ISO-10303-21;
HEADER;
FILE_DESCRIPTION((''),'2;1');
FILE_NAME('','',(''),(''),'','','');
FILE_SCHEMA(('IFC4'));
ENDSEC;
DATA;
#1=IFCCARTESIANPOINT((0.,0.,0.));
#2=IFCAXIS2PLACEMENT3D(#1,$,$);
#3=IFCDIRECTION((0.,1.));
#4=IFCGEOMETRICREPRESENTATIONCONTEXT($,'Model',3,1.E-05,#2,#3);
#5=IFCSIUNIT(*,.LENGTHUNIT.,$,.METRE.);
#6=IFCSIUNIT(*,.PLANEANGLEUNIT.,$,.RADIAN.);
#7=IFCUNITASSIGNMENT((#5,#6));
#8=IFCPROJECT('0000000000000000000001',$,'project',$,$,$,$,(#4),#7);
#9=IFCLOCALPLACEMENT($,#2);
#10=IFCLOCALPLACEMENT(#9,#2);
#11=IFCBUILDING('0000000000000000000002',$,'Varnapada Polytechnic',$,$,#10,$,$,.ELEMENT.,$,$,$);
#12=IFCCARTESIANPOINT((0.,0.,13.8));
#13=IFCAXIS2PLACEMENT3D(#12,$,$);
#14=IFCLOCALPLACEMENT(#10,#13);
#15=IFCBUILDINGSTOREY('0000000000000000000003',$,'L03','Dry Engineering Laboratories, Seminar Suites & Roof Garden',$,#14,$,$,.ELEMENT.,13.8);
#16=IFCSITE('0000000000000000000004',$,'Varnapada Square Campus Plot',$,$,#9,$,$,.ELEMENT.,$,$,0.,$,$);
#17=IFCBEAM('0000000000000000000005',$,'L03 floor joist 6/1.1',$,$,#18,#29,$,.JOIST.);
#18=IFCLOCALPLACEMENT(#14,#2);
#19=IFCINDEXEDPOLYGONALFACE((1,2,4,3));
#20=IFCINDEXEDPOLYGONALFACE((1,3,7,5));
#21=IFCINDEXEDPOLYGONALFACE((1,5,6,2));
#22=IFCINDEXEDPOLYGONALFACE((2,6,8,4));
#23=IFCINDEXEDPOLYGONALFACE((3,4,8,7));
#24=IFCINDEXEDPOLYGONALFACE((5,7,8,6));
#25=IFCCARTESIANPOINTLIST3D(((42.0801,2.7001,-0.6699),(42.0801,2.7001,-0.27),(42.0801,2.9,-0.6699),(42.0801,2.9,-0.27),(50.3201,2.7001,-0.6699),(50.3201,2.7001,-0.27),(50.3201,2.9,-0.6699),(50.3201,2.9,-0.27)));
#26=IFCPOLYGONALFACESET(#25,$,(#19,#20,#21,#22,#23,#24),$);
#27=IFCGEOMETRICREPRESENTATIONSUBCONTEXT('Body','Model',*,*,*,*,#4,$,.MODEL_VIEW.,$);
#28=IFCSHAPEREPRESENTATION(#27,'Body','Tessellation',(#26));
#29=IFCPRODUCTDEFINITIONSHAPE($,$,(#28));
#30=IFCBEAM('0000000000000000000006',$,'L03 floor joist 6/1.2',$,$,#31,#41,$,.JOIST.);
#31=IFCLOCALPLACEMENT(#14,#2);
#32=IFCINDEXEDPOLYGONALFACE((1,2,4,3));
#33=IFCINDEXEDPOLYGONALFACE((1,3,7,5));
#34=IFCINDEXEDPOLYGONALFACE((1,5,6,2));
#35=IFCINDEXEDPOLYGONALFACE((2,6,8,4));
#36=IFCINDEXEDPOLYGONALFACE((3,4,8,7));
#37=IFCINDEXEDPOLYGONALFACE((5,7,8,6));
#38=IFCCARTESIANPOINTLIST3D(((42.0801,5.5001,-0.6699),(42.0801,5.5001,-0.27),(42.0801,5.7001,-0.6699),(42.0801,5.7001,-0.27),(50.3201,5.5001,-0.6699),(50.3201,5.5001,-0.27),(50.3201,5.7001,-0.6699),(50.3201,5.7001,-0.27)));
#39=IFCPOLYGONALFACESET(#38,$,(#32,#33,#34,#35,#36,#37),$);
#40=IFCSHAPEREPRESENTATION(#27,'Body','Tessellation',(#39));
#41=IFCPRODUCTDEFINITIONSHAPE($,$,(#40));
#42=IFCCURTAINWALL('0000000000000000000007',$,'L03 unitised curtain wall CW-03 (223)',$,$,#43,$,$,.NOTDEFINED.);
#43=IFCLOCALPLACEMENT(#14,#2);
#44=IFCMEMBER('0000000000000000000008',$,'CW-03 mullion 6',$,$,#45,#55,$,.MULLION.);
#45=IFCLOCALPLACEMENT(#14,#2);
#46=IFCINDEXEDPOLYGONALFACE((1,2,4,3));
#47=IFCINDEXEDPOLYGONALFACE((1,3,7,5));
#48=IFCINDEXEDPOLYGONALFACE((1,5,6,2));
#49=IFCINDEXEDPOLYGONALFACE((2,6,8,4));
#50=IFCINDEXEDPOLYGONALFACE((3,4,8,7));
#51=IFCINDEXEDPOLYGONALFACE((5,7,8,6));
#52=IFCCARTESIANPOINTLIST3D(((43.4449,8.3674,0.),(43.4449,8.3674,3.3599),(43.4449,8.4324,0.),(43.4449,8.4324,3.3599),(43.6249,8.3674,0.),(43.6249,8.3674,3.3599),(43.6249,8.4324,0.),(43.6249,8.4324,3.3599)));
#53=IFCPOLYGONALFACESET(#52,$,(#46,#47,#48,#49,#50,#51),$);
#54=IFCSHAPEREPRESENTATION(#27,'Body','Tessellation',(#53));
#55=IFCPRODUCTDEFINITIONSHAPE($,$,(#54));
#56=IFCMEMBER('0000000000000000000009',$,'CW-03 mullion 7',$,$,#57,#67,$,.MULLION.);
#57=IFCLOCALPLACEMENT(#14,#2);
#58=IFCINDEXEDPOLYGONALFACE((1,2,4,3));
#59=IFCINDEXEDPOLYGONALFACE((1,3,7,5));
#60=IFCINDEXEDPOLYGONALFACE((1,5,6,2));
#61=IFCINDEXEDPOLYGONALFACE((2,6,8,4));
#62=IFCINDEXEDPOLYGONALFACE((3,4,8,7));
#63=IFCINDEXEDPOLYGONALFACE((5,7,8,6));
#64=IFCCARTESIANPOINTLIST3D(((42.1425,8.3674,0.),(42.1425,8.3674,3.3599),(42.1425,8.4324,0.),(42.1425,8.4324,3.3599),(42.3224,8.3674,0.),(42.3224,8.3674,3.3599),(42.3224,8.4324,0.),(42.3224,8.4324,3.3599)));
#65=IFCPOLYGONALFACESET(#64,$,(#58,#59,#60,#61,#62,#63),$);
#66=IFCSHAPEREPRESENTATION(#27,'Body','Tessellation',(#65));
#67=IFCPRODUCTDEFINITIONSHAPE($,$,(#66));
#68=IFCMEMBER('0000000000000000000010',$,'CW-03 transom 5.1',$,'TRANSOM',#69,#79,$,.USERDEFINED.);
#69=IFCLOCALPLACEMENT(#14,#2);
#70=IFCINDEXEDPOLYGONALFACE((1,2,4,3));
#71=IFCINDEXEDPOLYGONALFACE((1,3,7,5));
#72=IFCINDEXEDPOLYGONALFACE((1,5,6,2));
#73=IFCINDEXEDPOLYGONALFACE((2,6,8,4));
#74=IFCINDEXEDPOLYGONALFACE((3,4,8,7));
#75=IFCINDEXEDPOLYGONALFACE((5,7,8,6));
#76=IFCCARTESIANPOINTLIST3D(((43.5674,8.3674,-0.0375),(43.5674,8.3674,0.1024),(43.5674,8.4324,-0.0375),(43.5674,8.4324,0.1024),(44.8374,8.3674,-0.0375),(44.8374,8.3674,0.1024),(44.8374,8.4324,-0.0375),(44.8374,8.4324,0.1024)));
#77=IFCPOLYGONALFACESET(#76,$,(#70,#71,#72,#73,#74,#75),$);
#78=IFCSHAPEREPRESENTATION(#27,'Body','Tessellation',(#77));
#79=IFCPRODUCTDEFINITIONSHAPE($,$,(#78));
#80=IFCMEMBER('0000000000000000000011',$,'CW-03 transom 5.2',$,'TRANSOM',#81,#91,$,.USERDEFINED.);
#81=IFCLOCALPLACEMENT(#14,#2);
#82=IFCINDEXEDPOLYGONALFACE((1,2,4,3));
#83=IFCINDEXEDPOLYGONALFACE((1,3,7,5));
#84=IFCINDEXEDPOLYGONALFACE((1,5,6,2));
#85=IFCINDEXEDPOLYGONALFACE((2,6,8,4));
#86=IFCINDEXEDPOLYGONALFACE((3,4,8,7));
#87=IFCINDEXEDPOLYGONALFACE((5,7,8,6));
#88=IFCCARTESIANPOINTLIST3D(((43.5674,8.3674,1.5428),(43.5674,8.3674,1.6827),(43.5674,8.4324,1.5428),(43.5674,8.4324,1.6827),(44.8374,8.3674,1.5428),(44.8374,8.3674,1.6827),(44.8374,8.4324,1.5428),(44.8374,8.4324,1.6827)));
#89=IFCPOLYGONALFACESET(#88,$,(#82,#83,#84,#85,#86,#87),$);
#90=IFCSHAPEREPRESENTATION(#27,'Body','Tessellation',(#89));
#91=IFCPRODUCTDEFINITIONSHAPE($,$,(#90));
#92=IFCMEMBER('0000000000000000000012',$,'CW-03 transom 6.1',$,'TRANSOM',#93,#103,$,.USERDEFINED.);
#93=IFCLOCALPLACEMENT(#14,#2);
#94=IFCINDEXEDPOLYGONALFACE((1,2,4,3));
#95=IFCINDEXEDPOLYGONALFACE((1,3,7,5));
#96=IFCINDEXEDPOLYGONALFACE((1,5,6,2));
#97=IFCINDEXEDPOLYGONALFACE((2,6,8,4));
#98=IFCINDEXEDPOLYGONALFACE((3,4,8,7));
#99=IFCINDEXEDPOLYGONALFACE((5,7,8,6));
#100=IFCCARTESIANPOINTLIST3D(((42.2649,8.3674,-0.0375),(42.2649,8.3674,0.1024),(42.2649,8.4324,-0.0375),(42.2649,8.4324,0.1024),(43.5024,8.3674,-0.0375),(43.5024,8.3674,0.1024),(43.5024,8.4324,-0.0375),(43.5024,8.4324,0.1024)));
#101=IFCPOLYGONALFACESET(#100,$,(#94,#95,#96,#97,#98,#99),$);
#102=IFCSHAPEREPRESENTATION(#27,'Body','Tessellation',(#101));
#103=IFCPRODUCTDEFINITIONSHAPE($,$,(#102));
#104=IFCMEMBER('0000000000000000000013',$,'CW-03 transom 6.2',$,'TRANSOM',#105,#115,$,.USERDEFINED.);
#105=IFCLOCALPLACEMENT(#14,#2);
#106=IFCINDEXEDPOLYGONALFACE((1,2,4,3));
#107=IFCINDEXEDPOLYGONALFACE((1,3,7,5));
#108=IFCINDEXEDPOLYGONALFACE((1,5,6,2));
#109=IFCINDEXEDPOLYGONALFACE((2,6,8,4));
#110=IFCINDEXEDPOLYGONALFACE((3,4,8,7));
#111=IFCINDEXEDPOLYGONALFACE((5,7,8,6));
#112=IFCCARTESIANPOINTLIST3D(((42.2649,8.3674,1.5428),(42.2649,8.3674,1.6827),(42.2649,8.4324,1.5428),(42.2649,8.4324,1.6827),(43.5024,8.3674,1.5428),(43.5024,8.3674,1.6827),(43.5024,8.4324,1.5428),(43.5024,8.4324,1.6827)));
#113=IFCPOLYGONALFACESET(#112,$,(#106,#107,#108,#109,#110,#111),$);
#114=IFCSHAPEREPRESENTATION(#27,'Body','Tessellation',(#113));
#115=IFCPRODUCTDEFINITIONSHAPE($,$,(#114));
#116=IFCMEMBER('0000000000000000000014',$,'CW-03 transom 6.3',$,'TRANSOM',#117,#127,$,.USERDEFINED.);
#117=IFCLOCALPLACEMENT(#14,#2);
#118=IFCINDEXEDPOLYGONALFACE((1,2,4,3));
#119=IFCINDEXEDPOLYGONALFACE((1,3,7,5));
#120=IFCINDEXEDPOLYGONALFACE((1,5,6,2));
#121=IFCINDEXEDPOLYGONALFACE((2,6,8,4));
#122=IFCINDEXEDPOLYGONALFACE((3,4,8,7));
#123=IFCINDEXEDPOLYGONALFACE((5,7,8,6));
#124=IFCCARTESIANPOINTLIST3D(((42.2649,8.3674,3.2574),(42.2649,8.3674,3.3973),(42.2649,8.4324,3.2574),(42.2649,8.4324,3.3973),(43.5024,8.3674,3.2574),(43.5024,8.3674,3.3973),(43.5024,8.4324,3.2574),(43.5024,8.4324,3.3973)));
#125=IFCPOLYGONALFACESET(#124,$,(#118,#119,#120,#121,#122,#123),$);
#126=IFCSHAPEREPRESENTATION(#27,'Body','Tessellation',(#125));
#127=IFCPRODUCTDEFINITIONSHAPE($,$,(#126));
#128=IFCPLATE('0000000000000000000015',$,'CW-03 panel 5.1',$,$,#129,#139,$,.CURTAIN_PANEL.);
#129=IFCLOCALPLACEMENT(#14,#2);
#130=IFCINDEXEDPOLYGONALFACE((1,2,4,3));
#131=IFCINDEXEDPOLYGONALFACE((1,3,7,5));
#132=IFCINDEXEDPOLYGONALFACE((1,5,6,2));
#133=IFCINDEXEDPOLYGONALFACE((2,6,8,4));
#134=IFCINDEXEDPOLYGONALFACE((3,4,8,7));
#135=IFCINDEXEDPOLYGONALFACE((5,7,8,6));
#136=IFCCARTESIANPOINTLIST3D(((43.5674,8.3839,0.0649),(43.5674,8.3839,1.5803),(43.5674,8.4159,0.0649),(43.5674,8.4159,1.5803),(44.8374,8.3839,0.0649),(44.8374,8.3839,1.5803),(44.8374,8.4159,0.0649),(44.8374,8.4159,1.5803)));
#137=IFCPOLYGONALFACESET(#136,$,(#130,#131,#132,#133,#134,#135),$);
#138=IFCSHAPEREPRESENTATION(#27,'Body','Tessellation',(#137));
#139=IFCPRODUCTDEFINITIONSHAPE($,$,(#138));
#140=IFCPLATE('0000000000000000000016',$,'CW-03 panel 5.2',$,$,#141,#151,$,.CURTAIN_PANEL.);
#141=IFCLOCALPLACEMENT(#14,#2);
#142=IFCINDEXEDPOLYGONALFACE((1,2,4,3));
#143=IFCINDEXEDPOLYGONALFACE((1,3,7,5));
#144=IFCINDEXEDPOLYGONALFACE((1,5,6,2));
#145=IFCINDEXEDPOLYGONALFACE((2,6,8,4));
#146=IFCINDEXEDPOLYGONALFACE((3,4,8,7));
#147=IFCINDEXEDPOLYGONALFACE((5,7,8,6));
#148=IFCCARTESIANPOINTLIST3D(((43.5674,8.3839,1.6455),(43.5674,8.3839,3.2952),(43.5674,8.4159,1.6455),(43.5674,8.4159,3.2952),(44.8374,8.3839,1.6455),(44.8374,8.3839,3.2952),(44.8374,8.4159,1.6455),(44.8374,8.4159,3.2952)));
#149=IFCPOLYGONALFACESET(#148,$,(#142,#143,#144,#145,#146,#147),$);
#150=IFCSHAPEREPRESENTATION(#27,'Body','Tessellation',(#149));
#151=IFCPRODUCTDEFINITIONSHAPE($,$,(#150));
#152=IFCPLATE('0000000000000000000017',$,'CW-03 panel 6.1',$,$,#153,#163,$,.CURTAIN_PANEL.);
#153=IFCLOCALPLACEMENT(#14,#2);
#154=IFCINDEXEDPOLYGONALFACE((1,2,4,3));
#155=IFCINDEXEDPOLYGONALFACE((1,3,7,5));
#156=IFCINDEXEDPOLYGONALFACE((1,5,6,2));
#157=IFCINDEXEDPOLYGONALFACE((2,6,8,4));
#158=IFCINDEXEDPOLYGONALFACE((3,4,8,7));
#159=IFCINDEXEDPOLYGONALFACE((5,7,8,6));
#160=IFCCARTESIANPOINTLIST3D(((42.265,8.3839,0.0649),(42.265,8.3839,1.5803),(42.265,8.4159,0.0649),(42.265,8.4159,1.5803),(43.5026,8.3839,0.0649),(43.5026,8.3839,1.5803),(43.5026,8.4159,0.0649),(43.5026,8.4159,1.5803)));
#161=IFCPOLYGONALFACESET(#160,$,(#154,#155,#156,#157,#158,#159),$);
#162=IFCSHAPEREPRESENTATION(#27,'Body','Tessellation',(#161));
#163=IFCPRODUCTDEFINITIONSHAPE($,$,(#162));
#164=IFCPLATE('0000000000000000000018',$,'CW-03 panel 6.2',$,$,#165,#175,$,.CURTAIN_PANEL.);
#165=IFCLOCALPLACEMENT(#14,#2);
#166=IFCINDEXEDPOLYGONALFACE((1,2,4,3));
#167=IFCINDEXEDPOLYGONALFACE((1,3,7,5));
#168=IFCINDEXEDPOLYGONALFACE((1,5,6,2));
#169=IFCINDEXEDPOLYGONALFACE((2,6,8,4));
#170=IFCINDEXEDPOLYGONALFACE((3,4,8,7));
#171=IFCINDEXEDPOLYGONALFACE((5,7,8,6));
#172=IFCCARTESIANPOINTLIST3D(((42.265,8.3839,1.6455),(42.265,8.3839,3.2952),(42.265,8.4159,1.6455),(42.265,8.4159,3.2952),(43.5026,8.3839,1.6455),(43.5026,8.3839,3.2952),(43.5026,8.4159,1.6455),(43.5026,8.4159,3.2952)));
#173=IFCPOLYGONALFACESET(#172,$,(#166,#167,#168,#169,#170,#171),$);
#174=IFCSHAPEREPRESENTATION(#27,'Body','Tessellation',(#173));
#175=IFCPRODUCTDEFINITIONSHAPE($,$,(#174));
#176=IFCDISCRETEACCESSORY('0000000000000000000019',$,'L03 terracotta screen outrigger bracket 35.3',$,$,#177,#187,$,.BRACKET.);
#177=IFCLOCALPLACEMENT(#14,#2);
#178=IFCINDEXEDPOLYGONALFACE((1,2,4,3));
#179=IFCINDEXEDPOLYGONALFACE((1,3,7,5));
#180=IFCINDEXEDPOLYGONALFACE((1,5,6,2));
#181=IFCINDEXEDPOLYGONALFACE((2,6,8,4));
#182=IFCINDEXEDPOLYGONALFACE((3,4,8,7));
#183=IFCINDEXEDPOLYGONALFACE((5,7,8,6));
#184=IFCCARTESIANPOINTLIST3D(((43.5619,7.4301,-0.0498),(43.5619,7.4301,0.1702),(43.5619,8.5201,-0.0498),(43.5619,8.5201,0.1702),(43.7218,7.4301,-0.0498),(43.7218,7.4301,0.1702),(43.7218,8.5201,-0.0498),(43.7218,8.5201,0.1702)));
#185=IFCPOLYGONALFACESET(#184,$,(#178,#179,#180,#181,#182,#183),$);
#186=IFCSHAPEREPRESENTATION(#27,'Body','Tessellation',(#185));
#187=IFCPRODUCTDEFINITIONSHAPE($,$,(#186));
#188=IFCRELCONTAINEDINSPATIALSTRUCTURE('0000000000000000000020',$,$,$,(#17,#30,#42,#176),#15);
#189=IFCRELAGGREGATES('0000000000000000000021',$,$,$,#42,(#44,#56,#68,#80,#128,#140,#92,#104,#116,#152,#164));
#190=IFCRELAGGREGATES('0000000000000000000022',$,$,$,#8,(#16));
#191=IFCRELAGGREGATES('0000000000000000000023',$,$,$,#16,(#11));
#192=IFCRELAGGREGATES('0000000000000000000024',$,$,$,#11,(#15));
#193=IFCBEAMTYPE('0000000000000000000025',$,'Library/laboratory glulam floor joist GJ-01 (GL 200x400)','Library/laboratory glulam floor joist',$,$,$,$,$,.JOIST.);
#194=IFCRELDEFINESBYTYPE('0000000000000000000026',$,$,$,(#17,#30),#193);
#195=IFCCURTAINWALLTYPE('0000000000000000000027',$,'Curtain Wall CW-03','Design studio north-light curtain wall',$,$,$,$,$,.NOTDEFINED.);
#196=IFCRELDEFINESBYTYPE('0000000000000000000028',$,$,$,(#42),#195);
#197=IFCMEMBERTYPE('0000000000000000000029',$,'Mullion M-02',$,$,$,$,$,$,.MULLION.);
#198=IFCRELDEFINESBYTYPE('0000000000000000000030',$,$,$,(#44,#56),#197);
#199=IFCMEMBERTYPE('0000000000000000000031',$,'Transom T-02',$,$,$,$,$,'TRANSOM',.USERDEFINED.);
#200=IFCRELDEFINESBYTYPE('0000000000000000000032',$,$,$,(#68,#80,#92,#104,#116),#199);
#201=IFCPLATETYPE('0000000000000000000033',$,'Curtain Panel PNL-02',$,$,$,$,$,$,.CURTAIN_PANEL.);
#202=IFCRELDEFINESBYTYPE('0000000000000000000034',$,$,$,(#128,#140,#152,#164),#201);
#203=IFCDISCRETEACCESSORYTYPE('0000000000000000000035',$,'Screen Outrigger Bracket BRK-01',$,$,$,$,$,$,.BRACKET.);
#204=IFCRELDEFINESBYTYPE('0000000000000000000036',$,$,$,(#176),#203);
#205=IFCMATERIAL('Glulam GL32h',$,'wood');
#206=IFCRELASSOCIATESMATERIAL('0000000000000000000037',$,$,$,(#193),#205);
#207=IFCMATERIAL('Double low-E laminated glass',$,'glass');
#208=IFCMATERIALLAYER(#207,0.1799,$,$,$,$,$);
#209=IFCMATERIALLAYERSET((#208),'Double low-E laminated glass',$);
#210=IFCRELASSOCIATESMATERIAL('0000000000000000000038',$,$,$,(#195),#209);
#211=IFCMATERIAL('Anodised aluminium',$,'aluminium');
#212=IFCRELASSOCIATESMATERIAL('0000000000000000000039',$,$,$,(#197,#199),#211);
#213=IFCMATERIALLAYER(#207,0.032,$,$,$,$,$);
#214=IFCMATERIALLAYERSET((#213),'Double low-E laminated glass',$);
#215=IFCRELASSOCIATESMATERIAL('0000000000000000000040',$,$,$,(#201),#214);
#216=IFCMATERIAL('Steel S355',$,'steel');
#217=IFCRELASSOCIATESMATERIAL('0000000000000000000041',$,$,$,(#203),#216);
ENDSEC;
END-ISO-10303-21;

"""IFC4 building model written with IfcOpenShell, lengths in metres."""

from ifc_helpers import new_model, si_unit, direction, frame, origin, origin_2d, place, context, subcontext, project, spatial, rectangle, extrude, material, layer, layer_set, material_profile, profile_set, type_object, element, aggregate, save


model = new_model("IFC4")

# Units and contexts
model_context = context("Model", 3, precision=1e-05, world=origin(), true_north=direction((0.0, 1.0)))
body_context = subcontext(model_context, "Body", "Model", "MODEL_VIEW")
ifc_project = project(units=[si_unit("LENGTHUNIT", "METRE"), si_unit("PLANEANGLEUNIT", "RADIAN")], contexts=[model_context])

# Site, building, storey
site_placement = place(None, origin())
site = spatial("IfcSite", under=ifc_project, at=site_placement, Name="Varnapada Square Campus Plot", CompositionType="ELEMENT", RefElevation=0.0)
building_placement = place(site_placement, origin())
building = spatial("IfcBuilding", under=site, at=building_placement, Name="Varnapada Polytechnic", CompositionType="ELEMENT")
storey_placement = place(building_placement, frame((0.0, 0.0, 13.8)))
storey = spatial("IfcBuildingStorey", under=building, at=storey_placement, Name="L03", Description="Dry Engineering Laboratories, Seminar Suites & Roof Garden", CompositionType="ELEMENT", Elevation=13.8)

# Beams
ifc_material_1 = material(Name="Glulam GL32h", Category="wood")
ifc_material_profile_1 = material_profile(ifc_material_1, rectangle(XDim=0.2, YDim=0.3999, at=origin_2d()), Name="GL 200x400")
ifc_profile_set_1 = profile_set([ifc_material_profile_1], Name="Glulam GL32h")
beam_type = type_object("IfcBeamType", Name="Library/laboratory glulam floor joist GJ-01 (GL 200x400)", Description="Library/laboratory glulam floor joist", PredefinedType="JOIST", material=ifc_profile_set_1)
for number, where, z_axis, x_axis, name in (
    (1, (42.0801, 2.8, -0.47), (1.0, 0.0, 0.0), (0.0, 1.0, 0.0), "L03 floor joist 6/1.1"),
    (2, (42.0801, 5.6001, -0.47), (1.0, 0.0, 0.0), (0.0, 1.0, 0.0), "L03 floor joist 6/1.2"),
):
    element("IfcBeam", number, at=place(storey_placement, frame(where, z_axis=z_axis, x_axis=x_axis)), inside=storey, type_object=beam_type, Name=name, PredefinedType="JOIST", context=body_context, shape_type="SweptSolid", body=[
        extrude(rectangle(XDim=0.2, YDim=0.3999, at=origin_2d()), origin(), (0.0, 0.0, 1.0), 8.24),
    ])

# Curtain wall, members, plates
ifc_material_2 = material(Name="Double low-E laminated glass", Category="glass")
ifc_layer_1 = layer(ifc_material_2, 0.1799)
ifc_layer_set_1 = layer_set([ifc_layer_1], Name="Double low-E laminated glass")
curtain_wall_type = type_object("IfcCurtainWallType", Name="Curtain Wall CW-03", Description="Design studio north-light curtain wall", PredefinedType="NOTDEFINED", material=ifc_layer_set_1)
curtain_wall_placement = place(storey_placement, origin())
curtain_wall = element("IfcCurtainWall", 3, at=curtain_wall_placement, inside=storey, type_object=curtain_wall_type, Name="L03 unitised curtain wall CW-03 (223)", PredefinedType="NOTDEFINED")
ifc_material_3 = material(Name="Anodised aluminium", Category="aluminium")
ifc_material_profile_2 = material_profile(ifc_material_3, rectangle(XDim=0.0649, YDim=0.1799, at=origin_2d()), Name="ALU M65x180")
ifc_profile_set_2 = profile_set([ifc_material_profile_2], Name="Anodised aluminium")
member_type_1 = type_object("IfcMemberType", Name="Mullion M-02", PredefinedType="MULLION", material=ifc_profile_set_2)
member_1_placement = place(storey_placement, frame((43.5349, 8.3999, 0.0), z_axis=(0.0, 0.0, 1.0), x_axis=(0.0, -1.0, 0.0)))
member_1 = element("IfcMember", 4, at=member_1_placement, type_object=member_type_1, Name="CW-03 mullion 6", PredefinedType="MULLION", context=body_context, shape_type="SweptSolid", body=[
    extrude(rectangle(XDim=0.0649, YDim=0.1799, at=origin_2d()), origin(), (0.0, 0.0, 1.0), 3.3599),
])
member_2_placement = place(storey_placement, frame((42.2324, 8.3999, 0.0), z_axis=(0.0, 0.0, 1.0), x_axis=(0.0, -1.0, 0.0)))
member_2 = element("IfcMember", 5, at=member_2_placement, type_object=member_type_1, Name="CW-03 mullion 7", PredefinedType="MULLION", context=body_context, shape_type="SweptSolid", body=[
    extrude(rectangle(XDim=0.0649, YDim=0.1799, at=origin_2d()), origin(), (0.0, 0.0, 1.0), 3.3599),
])
ifc_material_profile_3 = material_profile(ifc_material_3, rectangle(XDim=0.0649, YDim=0.1399, at=origin_2d()), Name="ALU T65x140")
ifc_profile_set_3 = profile_set([ifc_material_profile_3], Name="Anodised aluminium")
member_type_2 = type_object("IfcMemberType", Name="Transom T-02", ElementType="TRANSOM", PredefinedType="USERDEFINED", material=ifc_profile_set_3)
member_3_placement = place(storey_placement, frame((44.8374, 8.3999, 0.0325), z_axis=(-1.0, 0.0, 0.0), x_axis=(0.0, -1.0, 0.0)))
member_3 = element("IfcMember", 6, at=member_3_placement, type_object=member_type_2, Name="CW-03 transom 5.1", ObjectType="TRANSOM", PredefinedType="USERDEFINED", context=body_context, shape_type="SweptSolid", body=[
    extrude(rectangle(XDim=0.0649, YDim=0.1399, at=origin_2d()), origin(), (0.0, 0.0, 1.0), 1.27),
])
member_4_placement = place(storey_placement, frame((44.8374, 8.3999, 1.6128), z_axis=(-1.0, 0.0, 0.0), x_axis=(0.0, -1.0, 0.0)))
member_4 = element("IfcMember", 7, at=member_4_placement, type_object=member_type_2, Name="CW-03 transom 5.2", ObjectType="TRANSOM", PredefinedType="USERDEFINED", context=body_context, shape_type="SweptSolid", body=[
    extrude(rectangle(XDim=0.0649, YDim=0.1399, at=origin_2d()), origin(), (0.0, 0.0, 1.0), 1.27),
])
member_5_placement = place(storey_placement, frame((43.5024, 8.3999, 0.0325), z_axis=(-1.0, 0.0, 0.0), x_axis=(0.0, -1.0, 0.0)))
member_5 = element("IfcMember", 8, at=member_5_placement, type_object=member_type_2, Name="CW-03 transom 6.1", ObjectType="TRANSOM", PredefinedType="USERDEFINED", context=body_context, shape_type="SweptSolid", body=[
    extrude(rectangle(XDim=0.0649, YDim=0.1399, at=origin_2d()), origin(), (0.0, 0.0, 1.0), 1.2375),
])
member_6_placement = place(storey_placement, frame((43.5024, 8.3999, 1.6128), z_axis=(-1.0, 0.0, 0.0), x_axis=(0.0, -1.0, 0.0)))
member_6 = element("IfcMember", 9, at=member_6_placement, type_object=member_type_2, Name="CW-03 transom 6.2", ObjectType="TRANSOM", PredefinedType="USERDEFINED", context=body_context, shape_type="SweptSolid", body=[
    extrude(rectangle(XDim=0.0649, YDim=0.1399, at=origin_2d()), origin(), (0.0, 0.0, 1.0), 1.2375),
])
member_7_placement = place(storey_placement, frame((43.5024, 8.3999, 3.3274), z_axis=(-1.0, 0.0, 0.0), x_axis=(0.0, -1.0, 0.0)))
member_7 = element("IfcMember", 10, at=member_7_placement, type_object=member_type_2, Name="CW-03 transom 6.3", ObjectType="TRANSOM", PredefinedType="USERDEFINED", context=body_context, shape_type="SweptSolid", body=[
    extrude(rectangle(XDim=0.0649, YDim=0.1399, at=origin_2d()), origin(), (0.0, 0.0, 1.0), 1.2375),
])
ifc_layer_2 = layer(ifc_material_2, 0.032)
ifc_layer_set_2 = layer_set([ifc_layer_2], Name="Double low-E laminated glass")
plate_type = type_object("IfcPlateType", Name="Curtain Panel PNL-02", PredefinedType="CURTAIN_PANEL", material=ifc_layer_set_2)
plate_1_placement = place(storey_placement, frame((44.2024, 8.3999, 0.0649), z_axis=(0.0, 0.0, 1.0), x_axis=(-1.0, 0.0, 0.0)))
plate_1 = element("IfcPlate", 11, at=plate_1_placement, type_object=plate_type, Name="CW-03 panel 5.1", PredefinedType="CURTAIN_PANEL", context=body_context, shape_type="SweptSolid", body=[
    extrude(rectangle(XDim=1.27, YDim=0.032, at=origin_2d()), origin(), (0.0, 0.0, 1.0), 1.5154),
])
plate_2_placement = place(storey_placement, frame((44.2024, 8.3999, 1.6455), z_axis=(0.0, 0.0, 1.0), x_axis=(-1.0, 0.0, 0.0)))
plate_2 = element("IfcPlate", 12, at=plate_2_placement, type_object=plate_type, Name="CW-03 panel 5.2", PredefinedType="CURTAIN_PANEL", context=body_context, shape_type="SweptSolid", body=[
    extrude(rectangle(XDim=1.27, YDim=0.032, at=origin_2d()), origin(), (0.0, 0.0, 1.0), 1.6497),
])
plate_3_placement = place(storey_placement, frame((42.8838, 8.3999, 0.0649), z_axis=(0.0, 0.0, 1.0), x_axis=(-1.0, 0.0, 0.0)))
plate_3 = element("IfcPlate", 13, at=plate_3_placement, type_object=plate_type, Name="CW-03 panel 6.1", PredefinedType="CURTAIN_PANEL", context=body_context, shape_type="SweptSolid", body=[
    extrude(rectangle(XDim=1.2375, YDim=0.032, at=origin_2d()), origin(), (0.0, 0.0, 1.0), 1.5154),
])
plate_4_placement = place(storey_placement, frame((42.8838, 8.3999, 1.6455), z_axis=(0.0, 0.0, 1.0), x_axis=(-1.0, 0.0, 0.0)))
plate_4 = element("IfcPlate", 14, at=plate_4_placement, type_object=plate_type, Name="CW-03 panel 6.2", PredefinedType="CURTAIN_PANEL", context=body_context, shape_type="SweptSolid", body=[
    extrude(rectangle(XDim=1.2375, YDim=0.032, at=origin_2d()), origin(), (0.0, 0.0, 1.0), 1.6497),
])
aggregate(curtain_wall, [member_1, member_2, member_3, member_4, plate_1, plate_2, member_5, member_6, member_7, plate_3, plate_4])

# Discrete accessory
ifc_material_4 = material(Name="Steel S355", Category="steel")
discrete_accessory_type = type_object("IfcDiscreteAccessoryType", Name="Screen Outrigger Bracket BRK-01", PredefinedType="BRACKET", material=ifc_material_4)
discrete_accessory_placement = place(storey_placement, frame((43.6418, 7.9751, -0.0498), z_axis=(0.0, 0.0, 1.0), x_axis=(-1.0, 0.0, 0.0)))
element("IfcDiscreteAccessory", 15, at=discrete_accessory_placement, inside=storey, type_object=discrete_accessory_type, Name="L03 terracotta screen outrigger bracket 35.3", PredefinedType="BRACKET", context=body_context, shape_type="SweptSolid", body=[
    extrude(rectangle(XDim=0.1599, YDim=1.0901, at=origin_2d()), origin(), (0.0, 0.0, 1.0), 0.22),
])

save(model, "model.ifc")
